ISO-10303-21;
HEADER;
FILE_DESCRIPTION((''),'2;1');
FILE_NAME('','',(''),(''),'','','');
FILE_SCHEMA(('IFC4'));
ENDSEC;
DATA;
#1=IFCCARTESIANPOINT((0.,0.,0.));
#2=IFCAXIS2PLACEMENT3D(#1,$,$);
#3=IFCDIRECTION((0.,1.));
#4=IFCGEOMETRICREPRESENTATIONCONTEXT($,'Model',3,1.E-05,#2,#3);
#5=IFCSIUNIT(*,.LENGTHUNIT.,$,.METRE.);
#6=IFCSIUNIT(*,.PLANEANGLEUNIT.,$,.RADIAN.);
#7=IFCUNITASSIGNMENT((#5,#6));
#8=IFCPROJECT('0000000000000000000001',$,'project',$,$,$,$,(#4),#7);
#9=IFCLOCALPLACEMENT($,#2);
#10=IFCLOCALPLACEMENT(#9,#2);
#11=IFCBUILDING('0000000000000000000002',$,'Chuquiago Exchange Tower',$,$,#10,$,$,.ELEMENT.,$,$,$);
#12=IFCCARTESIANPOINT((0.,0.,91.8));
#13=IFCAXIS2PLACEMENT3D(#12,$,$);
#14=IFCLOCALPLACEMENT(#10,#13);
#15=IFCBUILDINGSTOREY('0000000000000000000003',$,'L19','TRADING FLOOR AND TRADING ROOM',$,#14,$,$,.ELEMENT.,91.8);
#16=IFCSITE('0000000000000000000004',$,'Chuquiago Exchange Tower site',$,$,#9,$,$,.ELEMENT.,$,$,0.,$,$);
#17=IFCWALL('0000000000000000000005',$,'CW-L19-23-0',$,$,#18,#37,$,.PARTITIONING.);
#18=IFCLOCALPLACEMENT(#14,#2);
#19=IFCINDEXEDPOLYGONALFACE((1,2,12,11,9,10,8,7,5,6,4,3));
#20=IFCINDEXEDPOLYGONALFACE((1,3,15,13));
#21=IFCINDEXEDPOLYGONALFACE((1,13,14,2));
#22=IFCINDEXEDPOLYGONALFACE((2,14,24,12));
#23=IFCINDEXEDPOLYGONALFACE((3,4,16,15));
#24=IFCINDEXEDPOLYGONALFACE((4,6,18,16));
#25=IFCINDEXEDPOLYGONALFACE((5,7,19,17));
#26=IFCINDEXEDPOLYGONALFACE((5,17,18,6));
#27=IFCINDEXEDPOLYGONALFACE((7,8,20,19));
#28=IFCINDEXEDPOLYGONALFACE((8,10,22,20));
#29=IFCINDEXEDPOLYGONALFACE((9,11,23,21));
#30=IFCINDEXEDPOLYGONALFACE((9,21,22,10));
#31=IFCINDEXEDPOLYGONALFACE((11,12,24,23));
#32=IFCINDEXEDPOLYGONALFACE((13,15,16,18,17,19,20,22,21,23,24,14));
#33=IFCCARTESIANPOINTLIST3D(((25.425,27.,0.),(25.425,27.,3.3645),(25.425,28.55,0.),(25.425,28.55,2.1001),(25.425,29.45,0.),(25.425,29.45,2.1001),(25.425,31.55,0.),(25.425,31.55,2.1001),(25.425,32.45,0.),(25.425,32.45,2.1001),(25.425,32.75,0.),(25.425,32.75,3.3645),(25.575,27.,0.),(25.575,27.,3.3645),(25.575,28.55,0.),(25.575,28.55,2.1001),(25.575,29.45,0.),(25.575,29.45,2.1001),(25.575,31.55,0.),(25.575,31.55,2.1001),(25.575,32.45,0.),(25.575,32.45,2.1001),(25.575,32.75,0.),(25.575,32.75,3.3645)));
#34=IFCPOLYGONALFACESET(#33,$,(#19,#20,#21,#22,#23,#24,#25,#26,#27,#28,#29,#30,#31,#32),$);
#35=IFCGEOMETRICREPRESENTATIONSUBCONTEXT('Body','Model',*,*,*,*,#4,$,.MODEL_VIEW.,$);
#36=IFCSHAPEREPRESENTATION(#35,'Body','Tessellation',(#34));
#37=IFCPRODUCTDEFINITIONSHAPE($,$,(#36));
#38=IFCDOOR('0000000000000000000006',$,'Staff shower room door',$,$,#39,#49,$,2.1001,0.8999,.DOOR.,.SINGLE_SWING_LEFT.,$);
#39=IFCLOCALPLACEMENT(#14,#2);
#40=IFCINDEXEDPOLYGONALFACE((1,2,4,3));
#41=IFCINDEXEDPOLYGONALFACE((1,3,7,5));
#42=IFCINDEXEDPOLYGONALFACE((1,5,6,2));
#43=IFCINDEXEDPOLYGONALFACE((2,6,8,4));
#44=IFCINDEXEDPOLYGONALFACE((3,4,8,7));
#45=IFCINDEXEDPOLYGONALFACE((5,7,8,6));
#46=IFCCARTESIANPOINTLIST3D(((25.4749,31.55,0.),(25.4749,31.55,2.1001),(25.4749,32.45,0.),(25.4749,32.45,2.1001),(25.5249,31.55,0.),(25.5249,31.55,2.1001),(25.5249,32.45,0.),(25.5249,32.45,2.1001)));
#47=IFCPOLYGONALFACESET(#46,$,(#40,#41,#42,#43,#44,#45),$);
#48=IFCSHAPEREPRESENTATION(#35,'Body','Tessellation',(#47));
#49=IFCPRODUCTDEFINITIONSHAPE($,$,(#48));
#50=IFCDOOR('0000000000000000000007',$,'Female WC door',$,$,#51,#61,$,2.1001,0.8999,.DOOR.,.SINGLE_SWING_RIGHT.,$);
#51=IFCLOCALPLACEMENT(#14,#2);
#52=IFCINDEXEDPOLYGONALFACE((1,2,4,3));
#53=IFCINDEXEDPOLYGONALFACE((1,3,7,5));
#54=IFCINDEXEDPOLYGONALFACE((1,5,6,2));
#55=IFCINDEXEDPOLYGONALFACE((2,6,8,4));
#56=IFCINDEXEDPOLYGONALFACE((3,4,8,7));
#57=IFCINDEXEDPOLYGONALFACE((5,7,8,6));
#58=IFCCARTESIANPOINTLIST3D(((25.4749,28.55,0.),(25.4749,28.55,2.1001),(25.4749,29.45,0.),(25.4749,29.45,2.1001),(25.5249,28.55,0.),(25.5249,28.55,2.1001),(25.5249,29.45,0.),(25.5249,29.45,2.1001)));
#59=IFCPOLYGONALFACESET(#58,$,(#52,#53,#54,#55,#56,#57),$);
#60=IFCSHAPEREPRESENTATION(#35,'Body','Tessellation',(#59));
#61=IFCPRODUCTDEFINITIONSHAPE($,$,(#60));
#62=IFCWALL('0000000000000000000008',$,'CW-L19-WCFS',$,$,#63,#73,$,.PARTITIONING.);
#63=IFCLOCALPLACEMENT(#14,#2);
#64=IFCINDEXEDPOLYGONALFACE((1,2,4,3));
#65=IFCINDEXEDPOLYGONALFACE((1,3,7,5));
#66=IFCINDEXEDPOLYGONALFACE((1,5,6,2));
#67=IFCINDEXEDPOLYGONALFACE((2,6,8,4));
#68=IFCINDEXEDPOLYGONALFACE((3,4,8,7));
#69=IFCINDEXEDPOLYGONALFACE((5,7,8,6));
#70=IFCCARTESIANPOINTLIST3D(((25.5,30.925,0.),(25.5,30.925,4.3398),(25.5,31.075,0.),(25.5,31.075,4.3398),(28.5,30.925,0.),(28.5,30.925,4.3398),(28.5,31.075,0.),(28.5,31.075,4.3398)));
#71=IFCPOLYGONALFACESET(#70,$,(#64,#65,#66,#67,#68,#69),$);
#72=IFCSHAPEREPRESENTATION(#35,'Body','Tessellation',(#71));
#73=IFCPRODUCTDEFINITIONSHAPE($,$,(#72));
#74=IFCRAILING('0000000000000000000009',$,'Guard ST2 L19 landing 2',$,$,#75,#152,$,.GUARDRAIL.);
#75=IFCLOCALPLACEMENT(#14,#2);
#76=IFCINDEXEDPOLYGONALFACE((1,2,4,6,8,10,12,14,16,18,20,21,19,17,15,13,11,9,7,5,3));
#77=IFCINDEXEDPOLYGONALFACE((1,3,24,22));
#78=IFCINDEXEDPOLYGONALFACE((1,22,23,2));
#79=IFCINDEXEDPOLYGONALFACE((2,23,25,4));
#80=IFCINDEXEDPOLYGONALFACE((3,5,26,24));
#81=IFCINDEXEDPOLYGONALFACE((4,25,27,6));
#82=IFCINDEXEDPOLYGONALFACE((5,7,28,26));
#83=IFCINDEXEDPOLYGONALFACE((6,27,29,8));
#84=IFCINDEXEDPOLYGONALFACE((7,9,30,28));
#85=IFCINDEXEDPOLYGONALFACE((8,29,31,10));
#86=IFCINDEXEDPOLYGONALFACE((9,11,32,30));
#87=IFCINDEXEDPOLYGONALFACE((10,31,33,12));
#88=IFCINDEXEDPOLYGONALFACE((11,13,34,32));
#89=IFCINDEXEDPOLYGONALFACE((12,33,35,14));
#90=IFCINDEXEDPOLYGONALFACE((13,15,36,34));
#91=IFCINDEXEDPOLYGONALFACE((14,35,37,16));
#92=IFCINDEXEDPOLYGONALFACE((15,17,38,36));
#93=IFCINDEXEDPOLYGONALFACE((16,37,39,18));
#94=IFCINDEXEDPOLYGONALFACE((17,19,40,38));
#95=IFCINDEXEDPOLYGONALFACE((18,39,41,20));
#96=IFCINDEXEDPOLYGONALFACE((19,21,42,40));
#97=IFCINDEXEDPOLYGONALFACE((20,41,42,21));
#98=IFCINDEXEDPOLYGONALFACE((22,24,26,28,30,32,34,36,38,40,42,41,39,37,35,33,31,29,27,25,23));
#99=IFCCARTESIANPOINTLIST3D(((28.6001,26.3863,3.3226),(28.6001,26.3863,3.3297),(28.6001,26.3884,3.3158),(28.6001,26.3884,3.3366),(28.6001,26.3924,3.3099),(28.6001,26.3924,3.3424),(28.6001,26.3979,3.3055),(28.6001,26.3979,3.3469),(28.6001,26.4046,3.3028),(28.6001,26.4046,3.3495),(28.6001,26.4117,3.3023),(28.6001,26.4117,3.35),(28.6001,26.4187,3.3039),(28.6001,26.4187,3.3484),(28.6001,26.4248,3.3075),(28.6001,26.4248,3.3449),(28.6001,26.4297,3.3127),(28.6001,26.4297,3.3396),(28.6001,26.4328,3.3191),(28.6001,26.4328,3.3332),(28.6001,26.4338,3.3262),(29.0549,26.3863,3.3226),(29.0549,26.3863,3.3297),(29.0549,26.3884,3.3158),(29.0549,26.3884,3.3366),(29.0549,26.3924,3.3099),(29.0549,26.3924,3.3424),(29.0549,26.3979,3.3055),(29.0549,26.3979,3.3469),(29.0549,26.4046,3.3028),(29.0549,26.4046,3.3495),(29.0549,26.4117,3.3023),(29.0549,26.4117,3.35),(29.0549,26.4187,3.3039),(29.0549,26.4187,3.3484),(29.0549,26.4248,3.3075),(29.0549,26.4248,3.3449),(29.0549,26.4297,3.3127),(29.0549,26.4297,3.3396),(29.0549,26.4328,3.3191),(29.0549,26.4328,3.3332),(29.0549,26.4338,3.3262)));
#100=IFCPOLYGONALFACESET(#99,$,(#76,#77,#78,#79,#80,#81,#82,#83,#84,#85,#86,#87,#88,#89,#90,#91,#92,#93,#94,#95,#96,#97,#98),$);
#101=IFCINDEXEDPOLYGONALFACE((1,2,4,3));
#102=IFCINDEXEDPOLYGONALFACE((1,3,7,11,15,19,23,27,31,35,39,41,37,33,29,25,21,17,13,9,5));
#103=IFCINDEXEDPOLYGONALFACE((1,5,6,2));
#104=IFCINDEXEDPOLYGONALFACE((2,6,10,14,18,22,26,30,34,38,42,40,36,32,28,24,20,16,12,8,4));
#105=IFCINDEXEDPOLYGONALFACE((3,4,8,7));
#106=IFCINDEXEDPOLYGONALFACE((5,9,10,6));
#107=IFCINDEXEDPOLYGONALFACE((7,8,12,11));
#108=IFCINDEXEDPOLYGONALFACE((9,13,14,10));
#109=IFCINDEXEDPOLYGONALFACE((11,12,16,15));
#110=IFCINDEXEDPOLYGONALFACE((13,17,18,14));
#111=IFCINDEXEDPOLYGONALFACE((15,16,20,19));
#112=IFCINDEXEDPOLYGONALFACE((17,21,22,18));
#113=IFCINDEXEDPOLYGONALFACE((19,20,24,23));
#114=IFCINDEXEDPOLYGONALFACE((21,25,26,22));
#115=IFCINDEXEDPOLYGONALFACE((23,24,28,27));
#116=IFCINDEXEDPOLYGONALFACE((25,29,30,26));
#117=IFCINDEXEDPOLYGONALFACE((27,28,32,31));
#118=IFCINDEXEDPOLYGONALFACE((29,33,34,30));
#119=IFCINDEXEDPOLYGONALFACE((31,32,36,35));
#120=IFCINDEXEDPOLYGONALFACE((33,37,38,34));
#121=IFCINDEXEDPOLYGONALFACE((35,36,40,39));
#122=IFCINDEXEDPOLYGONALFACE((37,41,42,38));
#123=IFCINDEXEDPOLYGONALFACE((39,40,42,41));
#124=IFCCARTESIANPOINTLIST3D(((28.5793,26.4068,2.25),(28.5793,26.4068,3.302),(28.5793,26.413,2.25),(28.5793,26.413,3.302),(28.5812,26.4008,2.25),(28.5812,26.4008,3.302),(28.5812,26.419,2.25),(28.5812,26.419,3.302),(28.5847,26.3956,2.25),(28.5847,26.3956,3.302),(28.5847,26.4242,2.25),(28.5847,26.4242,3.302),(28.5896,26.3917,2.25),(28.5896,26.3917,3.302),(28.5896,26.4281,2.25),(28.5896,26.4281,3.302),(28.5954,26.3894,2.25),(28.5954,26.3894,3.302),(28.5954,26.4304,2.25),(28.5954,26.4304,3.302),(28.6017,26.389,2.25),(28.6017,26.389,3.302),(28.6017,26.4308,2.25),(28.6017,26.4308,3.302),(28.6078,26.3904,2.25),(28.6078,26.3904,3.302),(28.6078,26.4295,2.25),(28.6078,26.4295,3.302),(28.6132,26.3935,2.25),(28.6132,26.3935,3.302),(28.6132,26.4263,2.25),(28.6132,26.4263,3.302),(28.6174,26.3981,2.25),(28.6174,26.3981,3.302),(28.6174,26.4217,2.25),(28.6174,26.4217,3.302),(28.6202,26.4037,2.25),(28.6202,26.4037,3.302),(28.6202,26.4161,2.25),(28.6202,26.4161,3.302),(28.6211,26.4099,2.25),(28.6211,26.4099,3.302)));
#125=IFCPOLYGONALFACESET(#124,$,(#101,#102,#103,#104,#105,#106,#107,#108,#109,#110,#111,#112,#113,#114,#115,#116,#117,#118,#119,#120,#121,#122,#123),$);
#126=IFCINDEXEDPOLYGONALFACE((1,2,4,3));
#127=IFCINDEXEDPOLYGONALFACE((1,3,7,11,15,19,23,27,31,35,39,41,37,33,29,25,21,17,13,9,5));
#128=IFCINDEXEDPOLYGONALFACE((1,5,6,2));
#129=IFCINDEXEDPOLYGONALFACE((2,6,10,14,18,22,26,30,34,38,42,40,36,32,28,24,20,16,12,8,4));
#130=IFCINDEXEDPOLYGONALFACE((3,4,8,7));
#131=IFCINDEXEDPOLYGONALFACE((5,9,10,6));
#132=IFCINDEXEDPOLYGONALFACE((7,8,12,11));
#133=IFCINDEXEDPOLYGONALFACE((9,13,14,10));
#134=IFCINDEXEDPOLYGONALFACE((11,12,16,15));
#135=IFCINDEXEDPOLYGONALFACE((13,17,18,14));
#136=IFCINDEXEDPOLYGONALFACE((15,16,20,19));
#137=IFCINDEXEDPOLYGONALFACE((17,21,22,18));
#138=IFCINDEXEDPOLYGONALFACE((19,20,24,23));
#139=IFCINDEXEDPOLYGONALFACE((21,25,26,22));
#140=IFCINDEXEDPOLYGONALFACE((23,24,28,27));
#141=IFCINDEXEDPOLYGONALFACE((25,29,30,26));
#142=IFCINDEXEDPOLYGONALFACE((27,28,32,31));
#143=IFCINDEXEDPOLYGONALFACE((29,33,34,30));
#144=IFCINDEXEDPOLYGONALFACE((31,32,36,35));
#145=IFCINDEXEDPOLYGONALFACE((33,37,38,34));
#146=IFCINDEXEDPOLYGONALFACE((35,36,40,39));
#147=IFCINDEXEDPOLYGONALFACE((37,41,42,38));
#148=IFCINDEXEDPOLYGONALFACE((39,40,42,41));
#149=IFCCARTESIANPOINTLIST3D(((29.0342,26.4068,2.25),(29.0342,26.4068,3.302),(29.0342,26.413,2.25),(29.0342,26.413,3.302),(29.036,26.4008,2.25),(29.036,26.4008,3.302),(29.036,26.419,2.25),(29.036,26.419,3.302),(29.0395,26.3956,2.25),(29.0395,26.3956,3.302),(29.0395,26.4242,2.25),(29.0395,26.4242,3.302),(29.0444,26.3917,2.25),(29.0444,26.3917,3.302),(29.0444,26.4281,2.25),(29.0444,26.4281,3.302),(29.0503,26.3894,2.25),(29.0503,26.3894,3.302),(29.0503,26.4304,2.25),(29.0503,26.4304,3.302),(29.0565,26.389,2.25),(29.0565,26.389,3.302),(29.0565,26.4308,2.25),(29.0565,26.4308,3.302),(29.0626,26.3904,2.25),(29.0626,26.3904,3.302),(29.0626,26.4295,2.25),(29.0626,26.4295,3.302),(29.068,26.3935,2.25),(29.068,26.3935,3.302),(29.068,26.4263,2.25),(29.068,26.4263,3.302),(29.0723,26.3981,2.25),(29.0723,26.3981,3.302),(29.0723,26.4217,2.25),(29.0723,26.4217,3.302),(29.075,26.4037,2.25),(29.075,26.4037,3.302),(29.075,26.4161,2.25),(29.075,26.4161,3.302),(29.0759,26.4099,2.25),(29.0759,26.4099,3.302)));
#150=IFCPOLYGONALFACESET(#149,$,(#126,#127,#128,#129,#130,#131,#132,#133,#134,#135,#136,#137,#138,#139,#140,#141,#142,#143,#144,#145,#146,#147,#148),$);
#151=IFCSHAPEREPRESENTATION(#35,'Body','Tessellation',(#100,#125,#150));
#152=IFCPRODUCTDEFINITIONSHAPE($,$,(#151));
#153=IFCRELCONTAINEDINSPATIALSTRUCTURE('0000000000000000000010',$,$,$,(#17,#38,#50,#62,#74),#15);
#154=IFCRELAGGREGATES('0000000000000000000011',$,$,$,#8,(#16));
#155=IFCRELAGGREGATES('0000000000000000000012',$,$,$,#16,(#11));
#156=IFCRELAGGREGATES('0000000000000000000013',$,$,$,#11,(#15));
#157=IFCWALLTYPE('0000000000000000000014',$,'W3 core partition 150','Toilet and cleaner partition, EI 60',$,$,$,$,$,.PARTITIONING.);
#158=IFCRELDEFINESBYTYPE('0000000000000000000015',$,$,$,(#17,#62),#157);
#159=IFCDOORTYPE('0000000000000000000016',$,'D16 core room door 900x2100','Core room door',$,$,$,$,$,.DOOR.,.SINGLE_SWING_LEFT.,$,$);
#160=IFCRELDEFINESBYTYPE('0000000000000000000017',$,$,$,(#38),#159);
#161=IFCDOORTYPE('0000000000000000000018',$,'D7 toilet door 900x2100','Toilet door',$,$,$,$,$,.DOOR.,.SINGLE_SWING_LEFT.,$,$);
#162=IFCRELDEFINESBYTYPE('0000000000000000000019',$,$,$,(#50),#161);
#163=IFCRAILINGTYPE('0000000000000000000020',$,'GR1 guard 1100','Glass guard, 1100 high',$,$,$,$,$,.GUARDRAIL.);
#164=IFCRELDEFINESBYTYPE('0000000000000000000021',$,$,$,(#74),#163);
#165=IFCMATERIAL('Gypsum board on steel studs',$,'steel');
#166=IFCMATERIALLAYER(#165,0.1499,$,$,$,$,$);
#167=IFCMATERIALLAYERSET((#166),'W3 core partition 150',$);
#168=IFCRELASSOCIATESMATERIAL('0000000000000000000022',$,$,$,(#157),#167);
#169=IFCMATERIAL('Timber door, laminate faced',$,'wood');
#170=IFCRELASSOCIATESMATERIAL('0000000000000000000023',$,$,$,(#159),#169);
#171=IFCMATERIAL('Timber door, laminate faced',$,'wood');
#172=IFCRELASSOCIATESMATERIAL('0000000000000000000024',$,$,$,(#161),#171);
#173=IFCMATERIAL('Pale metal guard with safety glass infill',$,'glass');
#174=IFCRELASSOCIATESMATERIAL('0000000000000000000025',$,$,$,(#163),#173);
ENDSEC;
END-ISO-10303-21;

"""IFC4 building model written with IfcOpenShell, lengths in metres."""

from ifc_helpers import new_model, si_unit, direction, frame, frame_2d, origin, origin_2d, place, context, subcontext, project, spatial, rectangle, circle, extrude, material, layer, layer_set, type_object, element, fill, save


model = new_model("IFC4")

# Units and contexts
model_context = context("Model", 3, precision=1e-05, world=origin(), true_north=direction((0.0, 1.0)))
body_context = subcontext(model_context, "Body", "Model", "MODEL_VIEW")
ifc_project = project(units=[si_unit("LENGTHUNIT", "METRE"), si_unit("PLANEANGLEUNIT", "RADIAN")], contexts=[model_context])

# Site, building, storey
site_placement = place(None, origin())
site = spatial("IfcSite", under=ifc_project, at=site_placement, Name="Chuquiago Exchange Tower site", CompositionType="ELEMENT", RefElevation=0.0)
building_placement = place(site_placement, origin())
building = spatial("IfcBuilding", under=site, at=building_placement, Name="Chuquiago Exchange Tower", CompositionType="ELEMENT")
storey_placement = place(building_placement, frame((0.0, 0.0, 91.8)))
storey = spatial("IfcBuildingStorey", under=building, at=storey_placement, Name="L19", Description="TRADING FLOOR AND TRADING ROOM", CompositionType="ELEMENT", Elevation=91.8)

# Wall, openings, doors
ifc_material_1 = material(Name="Gypsum board on steel studs", Category="steel")
ifc_layer_1 = layer(ifc_material_1, 0.1499)
ifc_layer_set_1 = layer_set([ifc_layer_1], Name="W3 core partition 150")
wall_type_1 = type_object("IfcWallType", Name="W3 core partition 150", Description="Toilet and cleaner partition, EI 60", PredefinedType="PARTITIONING", material=ifc_layer_set_1)
ifc_material_2 = material(Name="Timber door, laminate faced", Category="wood")
door_type_1 = type_object("IfcDoorType", Name="D16 core room door 900x2100", Description="Core room door", OperationType="SINGLE_SWING_LEFT", PredefinedType="DOOR", material=ifc_material_2)
ifc_material_3 = material(Name="Timber door, laminate faced", Category="wood")
door_type_2 = type_object("IfcDoorType", Name="D7 toilet door 900x2100", Description="Toilet door", OperationType="SINGLE_SWING_LEFT", PredefinedType="DOOR", material=ifc_material_3)
wall_1_placement = place(storey_placement, frame((25.5, 27.0, 0.0), z_axis=(0.0, 0.0, 1.0), x_axis=(0.0, 1.0, 0.0)))
wall_1 = element("IfcWall", 1, at=wall_1_placement, inside=storey, type_object=wall_type_1, Name="CW-L19-23-0", PredefinedType="PARTITIONING", context=body_context, shape_type="SweptSolid", body=[
    extrude(rectangle(XDim=5.75, YDim=0.1499, at=frame_2d((2.875, 0.0))), origin(), (0.0, 0.0, 1.0), 3.3645),
])
opening_1_placement = place(wall_1_placement, frame((1.55, 0.0, 0.0)))
opening_1 = element("IfcOpeningElement", 2, at=opening_1_placement, cuts=wall_1, PredefinedType="OPENING", context=body_context, shape_type="SweptSolid", body=[
    extrude(rectangle(XDim=0.8999, YDim=2.1001, at=frame_2d((0.45, 1.05))), frame((0.0, 0.085, 0.0), z_axis=(0.0, -1.0, 0.0), x_axis=(1.0, 0.0, 0.0)), (0.0, 0.0, 1.0), 0.1699),
])
opening_2_placement = place(wall_1_placement, frame((4.55, 0.0, 0.0)))
opening_2 = element("IfcOpeningElement", 3, at=opening_2_placement, cuts=wall_1, PredefinedType="OPENING", context=body_context, shape_type="SweptSolid", body=[
    extrude(rectangle(XDim=0.8999, YDim=2.1001, at=frame_2d((0.45, 1.05))), frame((0.0, 0.085, 0.0), z_axis=(0.0, -1.0, 0.0), x_axis=(1.0, 0.0, 0.0)), (0.0, 0.0, 1.0), 0.1699),
])
door_1_placement = place(opening_2_placement, frame((0.8999, 0.0, 0.0), z_axis=(0.0, 0.0, 1.0), x_axis=(-1.0, 0.0, 0.0)))
door_1 = element("IfcDoor", 4, at=door_1_placement, inside=storey, type_object=door_type_1, Name="Staff shower room door", OperationType="SINGLE_SWING_LEFT", OverallHeight=2.1001, OverallWidth=0.8999, PredefinedType="DOOR", context=body_context, shape_type="SweptSolid", body=[
    extrude(rectangle(XDim=0.8999, YDim=2.1001, at=frame_2d((0.45, 1.05))), frame((0.0, 0.0249, 0.0), z_axis=(0.0, -1.0, 0.0), x_axis=(1.0, 0.0, 0.0)), (0.0, 0.0, 1.0), 0.05),
])
fill(opening_2, door_1)
door_2_placement = place(opening_1_placement, frame((0.8999, 0.0, 0.0), z_axis=(0.0, 0.0, 1.0), x_axis=(-1.0, 0.0, 0.0)))
door_2 = element("IfcDoor", 5, at=door_2_placement, inside=storey, type_object=door_type_2, Name="Female WC door", OperationType="SINGLE_SWING_RIGHT", OverallHeight=2.1001, OverallWidth=0.8999, PredefinedType="DOOR", context=body_context, shape_type="SweptSolid", body=[
    extrude(rectangle(XDim=0.8999, YDim=2.1001, at=frame_2d((0.45, 1.05))), frame((0.0, 0.0249, 0.0), z_axis=(0.0, -1.0, 0.0), x_axis=(1.0, 0.0, 0.0)), (0.0, 0.0, 1.0), 0.05),
])
fill(opening_1, door_2)

# Wall
wall_2_placement = place(storey_placement, frame((25.5, 31.0, 0.0), z_axis=(0.0, 0.0, 1.0), x_axis=(1.0, 0.0, 0.0)))
element("IfcWall", 6, at=wall_2_placement, inside=storey, type_object=wall_type_1, Name="CW-L19-WCFS", PredefinedType="PARTITIONING", context=body_context, shape_type="SweptSolid", body=[
    extrude(rectangle(XDim=3.0, YDim=0.1499, at=frame_2d((1.5, 0.0))), origin(), (0.0, 0.0, 1.0), 4.3398),
])

# Railing
ifc_material_4 = material(Name="Pale metal guard with safety glass infill", Category="glass")
railing_type = type_object("IfcRailingType", Name="GR1 guard 1100", Description="Glass guard, 1100 high", PredefinedType="GUARDRAIL", material=ifc_material_4)
railing_placement = place(storey_placement, frame((28.6001, 26.4099, 2.25)))
element("IfcRailing", 7, at=railing_placement, inside=storey, type_object=railing_type, Name="Guard ST2 L19 landing 2", PredefinedType="GUARDRAIL", context=body_context, shape_type="SweptSolid", body=[
    extrude(circle(Radius=0.0239, at=origin_2d()), frame((0.0, 0.0, 1.0762), z_axis=(1.0, 0.0, 0.0), x_axis=(0.0, 1.0, 0.0)), (0.0, 0.0, 1.0), 0.4548),
    extrude(circle(Radius=0.021, at=origin_2d()), origin(), (0.0, 0.0, 1.0), 1.052),
    extrude(circle(Radius=0.021, at=origin_2d()), frame((0.4548, 0.0, 0.0)), (0.0, 0.0, 1.0), 1.052),
])

save(model, "model.ifc")
